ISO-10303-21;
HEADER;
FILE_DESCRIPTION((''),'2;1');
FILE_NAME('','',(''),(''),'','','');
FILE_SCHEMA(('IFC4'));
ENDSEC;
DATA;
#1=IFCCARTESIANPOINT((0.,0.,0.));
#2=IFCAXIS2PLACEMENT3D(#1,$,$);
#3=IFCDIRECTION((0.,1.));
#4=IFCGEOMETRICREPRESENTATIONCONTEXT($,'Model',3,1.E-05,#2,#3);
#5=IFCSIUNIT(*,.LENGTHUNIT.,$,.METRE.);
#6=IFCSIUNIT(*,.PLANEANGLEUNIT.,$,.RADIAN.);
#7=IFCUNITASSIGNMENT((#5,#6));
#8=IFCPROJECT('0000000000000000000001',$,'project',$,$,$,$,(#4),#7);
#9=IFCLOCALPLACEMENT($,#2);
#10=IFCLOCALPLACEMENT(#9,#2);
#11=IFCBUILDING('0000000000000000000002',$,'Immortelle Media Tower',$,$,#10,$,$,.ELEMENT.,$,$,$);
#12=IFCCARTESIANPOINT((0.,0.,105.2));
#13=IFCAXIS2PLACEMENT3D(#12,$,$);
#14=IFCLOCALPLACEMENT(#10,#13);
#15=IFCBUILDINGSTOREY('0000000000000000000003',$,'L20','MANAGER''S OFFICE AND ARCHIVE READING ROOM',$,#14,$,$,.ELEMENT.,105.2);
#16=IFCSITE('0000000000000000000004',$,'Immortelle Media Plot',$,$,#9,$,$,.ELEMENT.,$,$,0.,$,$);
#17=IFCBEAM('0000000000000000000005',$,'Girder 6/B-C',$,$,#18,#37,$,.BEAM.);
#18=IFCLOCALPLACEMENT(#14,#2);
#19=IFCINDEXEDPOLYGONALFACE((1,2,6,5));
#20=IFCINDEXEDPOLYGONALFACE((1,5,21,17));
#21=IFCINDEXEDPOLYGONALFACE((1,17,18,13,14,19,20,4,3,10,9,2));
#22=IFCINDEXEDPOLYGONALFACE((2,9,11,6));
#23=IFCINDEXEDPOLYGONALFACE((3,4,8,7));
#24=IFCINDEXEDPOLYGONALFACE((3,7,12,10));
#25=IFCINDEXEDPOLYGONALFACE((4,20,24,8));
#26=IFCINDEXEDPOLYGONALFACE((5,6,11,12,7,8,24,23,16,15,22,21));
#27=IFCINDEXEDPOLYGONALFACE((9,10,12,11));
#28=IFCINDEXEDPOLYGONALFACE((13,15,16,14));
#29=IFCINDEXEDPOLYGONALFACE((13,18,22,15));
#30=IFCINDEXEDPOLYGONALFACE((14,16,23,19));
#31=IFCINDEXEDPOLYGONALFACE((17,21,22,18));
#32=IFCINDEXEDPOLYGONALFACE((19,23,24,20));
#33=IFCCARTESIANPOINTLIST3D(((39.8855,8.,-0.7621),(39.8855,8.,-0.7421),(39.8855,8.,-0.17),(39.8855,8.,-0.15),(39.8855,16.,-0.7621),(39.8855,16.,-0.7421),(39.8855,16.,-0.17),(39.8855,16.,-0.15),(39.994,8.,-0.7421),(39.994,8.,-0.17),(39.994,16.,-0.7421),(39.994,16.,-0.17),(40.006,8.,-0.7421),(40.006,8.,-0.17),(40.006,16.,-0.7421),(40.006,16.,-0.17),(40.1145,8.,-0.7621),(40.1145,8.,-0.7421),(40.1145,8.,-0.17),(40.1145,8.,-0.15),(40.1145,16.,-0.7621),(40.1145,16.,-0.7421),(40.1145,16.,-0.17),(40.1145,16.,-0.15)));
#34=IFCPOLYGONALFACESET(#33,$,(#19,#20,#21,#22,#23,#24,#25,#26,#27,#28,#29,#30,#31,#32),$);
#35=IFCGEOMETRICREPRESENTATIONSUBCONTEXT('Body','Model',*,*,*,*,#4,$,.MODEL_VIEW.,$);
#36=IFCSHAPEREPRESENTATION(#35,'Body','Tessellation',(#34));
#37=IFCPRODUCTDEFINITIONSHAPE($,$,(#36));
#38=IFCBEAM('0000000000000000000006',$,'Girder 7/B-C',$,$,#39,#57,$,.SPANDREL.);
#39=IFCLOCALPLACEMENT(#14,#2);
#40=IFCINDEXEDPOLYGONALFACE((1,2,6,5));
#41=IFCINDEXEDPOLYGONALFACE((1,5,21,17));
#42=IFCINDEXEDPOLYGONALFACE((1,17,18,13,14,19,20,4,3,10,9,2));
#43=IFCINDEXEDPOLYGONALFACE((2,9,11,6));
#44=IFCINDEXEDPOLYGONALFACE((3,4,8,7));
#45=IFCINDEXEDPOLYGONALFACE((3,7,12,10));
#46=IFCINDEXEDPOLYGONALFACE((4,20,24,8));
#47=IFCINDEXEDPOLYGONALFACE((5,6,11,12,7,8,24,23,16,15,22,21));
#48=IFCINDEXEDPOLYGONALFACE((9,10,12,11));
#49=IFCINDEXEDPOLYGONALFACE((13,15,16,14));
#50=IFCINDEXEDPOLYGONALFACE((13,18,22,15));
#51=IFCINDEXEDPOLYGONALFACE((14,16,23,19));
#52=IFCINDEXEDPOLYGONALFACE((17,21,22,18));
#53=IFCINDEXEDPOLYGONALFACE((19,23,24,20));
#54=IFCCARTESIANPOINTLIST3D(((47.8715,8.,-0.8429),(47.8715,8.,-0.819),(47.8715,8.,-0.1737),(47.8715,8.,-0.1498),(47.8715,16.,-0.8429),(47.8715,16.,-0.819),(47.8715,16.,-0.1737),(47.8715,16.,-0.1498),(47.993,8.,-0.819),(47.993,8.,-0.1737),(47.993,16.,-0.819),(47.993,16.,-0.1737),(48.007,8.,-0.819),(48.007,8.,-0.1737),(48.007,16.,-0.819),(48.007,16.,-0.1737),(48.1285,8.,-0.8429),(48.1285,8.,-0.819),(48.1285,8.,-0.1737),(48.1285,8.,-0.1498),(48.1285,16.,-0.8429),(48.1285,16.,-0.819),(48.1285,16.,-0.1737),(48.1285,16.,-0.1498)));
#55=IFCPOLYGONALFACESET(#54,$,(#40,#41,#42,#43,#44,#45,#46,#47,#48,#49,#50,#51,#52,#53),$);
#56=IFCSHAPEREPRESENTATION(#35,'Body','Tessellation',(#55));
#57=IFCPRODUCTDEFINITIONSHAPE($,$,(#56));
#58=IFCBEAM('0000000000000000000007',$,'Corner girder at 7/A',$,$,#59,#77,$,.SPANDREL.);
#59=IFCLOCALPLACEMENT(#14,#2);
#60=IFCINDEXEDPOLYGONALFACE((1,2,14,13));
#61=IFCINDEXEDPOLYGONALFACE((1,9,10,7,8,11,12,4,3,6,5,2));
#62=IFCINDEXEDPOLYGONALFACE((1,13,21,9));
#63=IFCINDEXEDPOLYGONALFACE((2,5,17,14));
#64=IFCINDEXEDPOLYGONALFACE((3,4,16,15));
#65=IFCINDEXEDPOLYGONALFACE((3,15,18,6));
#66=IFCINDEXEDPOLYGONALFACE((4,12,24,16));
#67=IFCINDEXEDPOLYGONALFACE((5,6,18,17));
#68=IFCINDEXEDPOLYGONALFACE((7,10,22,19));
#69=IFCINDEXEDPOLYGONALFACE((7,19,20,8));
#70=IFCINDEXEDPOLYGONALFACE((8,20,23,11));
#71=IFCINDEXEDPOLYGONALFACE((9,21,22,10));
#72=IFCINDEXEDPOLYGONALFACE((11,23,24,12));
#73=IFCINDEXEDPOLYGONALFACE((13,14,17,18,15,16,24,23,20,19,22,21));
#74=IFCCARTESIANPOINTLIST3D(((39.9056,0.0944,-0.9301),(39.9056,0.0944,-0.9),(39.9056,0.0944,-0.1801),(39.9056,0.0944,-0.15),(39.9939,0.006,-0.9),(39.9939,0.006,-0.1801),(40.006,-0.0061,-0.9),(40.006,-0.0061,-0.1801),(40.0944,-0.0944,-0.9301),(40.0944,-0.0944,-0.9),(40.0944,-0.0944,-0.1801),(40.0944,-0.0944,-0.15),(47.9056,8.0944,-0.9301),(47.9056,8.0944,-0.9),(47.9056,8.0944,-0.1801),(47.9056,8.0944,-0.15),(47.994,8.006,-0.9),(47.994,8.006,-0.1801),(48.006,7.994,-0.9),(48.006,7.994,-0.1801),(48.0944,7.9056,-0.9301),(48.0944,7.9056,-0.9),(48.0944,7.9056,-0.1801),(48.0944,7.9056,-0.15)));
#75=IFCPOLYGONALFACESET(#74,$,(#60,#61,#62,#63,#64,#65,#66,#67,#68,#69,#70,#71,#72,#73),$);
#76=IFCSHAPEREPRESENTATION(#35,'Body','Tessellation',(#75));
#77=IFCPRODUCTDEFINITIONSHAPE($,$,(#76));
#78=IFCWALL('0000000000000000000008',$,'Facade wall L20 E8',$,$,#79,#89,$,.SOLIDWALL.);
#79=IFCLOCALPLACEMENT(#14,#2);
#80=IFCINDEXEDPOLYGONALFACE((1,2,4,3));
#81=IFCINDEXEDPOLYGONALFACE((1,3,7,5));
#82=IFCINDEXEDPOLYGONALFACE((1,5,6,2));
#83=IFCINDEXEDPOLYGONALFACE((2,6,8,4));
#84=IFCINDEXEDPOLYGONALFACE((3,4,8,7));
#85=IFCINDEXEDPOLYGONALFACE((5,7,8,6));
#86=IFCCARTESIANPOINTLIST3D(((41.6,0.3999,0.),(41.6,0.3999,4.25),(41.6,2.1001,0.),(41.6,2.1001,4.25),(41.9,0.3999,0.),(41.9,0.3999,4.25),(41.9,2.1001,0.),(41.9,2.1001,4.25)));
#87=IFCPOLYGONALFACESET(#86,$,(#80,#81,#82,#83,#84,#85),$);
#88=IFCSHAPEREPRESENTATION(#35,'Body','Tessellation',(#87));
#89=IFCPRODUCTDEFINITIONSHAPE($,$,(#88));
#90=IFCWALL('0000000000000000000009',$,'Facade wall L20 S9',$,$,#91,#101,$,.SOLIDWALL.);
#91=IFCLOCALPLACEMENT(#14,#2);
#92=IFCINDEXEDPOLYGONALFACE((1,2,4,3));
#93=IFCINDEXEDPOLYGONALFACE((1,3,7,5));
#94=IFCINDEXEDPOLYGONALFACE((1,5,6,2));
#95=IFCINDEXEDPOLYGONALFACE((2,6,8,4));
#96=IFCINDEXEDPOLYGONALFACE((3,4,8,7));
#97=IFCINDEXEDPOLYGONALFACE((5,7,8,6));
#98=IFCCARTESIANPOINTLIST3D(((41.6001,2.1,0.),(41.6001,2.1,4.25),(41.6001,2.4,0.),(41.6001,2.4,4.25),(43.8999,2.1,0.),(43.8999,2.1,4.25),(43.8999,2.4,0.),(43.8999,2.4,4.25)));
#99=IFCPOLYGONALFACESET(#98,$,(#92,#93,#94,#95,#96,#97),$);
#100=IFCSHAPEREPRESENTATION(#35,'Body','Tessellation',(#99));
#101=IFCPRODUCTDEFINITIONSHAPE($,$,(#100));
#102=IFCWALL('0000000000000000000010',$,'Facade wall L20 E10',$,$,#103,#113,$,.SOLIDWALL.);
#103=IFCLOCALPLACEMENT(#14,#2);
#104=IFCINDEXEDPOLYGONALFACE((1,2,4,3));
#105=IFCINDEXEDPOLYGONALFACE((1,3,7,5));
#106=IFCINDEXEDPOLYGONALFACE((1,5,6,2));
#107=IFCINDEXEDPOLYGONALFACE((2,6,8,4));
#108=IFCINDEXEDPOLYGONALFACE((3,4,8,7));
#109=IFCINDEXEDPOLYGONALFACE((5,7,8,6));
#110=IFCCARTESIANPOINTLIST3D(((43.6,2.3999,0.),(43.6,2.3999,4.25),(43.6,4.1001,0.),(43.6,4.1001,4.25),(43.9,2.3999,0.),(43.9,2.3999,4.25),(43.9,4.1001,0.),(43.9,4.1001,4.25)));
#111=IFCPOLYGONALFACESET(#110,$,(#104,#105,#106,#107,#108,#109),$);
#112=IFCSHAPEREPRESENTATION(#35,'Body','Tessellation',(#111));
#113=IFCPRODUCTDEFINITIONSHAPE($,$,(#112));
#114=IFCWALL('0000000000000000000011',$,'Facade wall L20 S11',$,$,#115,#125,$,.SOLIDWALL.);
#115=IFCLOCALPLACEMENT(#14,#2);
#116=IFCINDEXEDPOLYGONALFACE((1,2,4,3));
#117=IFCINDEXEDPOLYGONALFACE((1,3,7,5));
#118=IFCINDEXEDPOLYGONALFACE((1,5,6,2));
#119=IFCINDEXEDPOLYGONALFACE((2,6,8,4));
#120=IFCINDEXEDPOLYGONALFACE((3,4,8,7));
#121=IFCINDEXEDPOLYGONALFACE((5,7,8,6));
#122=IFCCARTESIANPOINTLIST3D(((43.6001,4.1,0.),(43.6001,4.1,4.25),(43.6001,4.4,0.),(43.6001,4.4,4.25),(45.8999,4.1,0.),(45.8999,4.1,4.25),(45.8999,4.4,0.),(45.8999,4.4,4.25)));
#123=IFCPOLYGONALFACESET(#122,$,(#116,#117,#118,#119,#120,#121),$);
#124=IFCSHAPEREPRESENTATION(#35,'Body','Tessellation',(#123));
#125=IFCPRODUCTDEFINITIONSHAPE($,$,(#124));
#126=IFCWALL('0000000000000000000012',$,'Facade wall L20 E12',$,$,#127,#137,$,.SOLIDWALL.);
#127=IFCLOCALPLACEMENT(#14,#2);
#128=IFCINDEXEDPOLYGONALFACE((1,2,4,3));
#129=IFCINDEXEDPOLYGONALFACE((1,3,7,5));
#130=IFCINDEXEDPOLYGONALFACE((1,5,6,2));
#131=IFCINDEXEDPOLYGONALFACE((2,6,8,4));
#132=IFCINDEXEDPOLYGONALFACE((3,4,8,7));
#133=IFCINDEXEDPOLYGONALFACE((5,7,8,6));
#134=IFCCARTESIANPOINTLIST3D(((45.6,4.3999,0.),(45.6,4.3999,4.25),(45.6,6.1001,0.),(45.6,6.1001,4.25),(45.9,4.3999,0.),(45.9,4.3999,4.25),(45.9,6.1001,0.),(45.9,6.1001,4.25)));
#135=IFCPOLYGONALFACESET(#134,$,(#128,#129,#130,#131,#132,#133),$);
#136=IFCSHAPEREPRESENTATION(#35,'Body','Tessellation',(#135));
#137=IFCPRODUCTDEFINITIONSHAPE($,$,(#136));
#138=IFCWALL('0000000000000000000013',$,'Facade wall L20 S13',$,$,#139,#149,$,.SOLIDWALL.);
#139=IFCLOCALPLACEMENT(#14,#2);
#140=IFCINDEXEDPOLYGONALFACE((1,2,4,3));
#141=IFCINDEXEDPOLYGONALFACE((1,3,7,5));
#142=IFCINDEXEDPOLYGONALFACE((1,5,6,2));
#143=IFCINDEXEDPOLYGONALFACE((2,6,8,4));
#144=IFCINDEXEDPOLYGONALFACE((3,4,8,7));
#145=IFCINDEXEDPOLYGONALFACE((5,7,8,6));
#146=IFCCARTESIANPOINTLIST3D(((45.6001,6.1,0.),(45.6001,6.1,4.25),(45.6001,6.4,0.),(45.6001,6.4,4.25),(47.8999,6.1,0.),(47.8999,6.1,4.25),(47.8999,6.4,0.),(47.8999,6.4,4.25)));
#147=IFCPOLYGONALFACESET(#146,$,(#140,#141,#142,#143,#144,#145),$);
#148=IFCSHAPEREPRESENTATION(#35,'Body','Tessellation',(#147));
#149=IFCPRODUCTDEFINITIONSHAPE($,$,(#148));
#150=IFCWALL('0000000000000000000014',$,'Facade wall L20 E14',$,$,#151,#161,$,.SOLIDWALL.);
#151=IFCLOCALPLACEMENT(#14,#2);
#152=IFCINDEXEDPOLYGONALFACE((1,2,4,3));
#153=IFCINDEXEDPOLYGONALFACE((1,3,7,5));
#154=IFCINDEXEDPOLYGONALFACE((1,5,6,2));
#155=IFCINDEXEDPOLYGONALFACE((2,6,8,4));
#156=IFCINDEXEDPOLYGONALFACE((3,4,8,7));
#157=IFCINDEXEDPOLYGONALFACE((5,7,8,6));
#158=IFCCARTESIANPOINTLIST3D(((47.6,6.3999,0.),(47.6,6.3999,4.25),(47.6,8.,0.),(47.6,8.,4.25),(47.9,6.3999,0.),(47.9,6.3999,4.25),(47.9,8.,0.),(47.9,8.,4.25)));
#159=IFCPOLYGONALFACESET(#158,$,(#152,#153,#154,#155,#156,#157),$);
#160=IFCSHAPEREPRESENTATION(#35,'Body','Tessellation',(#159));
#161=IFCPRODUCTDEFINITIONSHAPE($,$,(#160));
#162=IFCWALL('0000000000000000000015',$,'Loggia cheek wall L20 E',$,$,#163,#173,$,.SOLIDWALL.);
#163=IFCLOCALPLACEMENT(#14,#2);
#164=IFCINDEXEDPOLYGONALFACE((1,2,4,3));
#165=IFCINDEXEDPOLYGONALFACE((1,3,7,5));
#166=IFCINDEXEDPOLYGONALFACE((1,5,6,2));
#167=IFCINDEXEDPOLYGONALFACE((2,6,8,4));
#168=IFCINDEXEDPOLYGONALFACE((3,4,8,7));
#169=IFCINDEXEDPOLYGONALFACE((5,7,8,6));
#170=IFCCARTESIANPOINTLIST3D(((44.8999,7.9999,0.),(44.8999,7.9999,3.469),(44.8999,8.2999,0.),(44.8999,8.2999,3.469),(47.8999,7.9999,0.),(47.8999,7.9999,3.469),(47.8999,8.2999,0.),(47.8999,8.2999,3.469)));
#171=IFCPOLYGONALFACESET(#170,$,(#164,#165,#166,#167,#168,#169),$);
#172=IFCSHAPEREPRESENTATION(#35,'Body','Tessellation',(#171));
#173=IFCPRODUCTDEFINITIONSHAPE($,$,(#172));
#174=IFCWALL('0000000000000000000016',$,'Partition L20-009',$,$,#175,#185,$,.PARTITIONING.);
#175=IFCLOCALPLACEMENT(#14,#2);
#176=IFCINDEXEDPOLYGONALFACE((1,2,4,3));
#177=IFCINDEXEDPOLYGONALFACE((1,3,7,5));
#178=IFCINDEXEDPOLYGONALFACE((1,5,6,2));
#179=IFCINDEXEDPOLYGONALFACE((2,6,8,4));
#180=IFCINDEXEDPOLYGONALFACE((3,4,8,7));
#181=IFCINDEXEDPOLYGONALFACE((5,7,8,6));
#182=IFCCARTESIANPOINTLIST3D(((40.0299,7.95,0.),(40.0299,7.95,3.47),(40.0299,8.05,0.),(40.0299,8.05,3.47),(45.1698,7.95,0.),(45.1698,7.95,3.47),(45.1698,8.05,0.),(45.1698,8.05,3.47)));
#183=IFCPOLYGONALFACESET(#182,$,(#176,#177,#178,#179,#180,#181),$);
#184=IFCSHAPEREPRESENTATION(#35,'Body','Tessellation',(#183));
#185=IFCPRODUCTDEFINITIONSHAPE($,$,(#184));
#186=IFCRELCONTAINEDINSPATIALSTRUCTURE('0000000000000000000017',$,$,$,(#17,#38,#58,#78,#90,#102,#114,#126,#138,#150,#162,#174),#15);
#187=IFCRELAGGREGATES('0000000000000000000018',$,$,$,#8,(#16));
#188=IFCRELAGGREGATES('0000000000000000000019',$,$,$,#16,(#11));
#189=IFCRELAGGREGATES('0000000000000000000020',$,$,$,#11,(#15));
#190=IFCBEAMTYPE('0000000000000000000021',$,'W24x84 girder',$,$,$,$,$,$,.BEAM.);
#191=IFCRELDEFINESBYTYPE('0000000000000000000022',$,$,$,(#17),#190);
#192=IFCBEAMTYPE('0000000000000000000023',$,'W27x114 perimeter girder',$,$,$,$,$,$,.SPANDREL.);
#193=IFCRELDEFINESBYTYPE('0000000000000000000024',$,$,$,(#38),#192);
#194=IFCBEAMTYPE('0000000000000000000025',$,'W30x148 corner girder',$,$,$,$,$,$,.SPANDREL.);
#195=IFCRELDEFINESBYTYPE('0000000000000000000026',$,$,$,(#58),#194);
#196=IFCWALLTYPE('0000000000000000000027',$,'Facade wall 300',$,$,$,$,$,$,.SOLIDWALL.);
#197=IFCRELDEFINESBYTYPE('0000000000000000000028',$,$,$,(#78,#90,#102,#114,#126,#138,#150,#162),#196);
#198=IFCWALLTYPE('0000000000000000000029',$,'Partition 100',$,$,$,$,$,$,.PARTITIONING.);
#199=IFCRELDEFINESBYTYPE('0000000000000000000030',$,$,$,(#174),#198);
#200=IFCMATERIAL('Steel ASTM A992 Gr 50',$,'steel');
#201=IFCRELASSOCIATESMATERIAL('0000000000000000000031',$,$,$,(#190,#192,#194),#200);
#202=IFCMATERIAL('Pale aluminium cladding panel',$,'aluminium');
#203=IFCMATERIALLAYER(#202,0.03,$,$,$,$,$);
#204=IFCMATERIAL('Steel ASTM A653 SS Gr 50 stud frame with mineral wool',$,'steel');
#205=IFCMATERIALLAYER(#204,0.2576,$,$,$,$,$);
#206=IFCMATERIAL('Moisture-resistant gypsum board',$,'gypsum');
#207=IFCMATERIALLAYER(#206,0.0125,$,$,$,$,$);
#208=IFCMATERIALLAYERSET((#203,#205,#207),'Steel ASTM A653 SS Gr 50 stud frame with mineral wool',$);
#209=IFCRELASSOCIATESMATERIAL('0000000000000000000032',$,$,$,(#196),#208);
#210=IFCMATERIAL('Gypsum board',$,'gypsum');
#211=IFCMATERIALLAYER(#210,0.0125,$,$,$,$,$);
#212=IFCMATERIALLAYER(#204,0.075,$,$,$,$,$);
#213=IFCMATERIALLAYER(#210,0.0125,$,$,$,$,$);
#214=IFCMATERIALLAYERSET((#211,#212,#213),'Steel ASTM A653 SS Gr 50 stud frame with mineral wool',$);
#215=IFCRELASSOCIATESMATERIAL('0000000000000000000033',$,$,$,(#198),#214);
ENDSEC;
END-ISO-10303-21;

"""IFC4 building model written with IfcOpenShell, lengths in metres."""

from ifc_helpers import new_model, si_unit, direction, frame, frame_2d, origin, origin_2d, place, context, subcontext, project, spatial, rectangle, i_section, extrude, material, layer, layer_set, material_profile, profile_set, type_object, element, save


model = new_model("IFC4")

# Units and contexts
model_context = context("Model", 3, precision=1e-05, world=origin(), true_north=direction((0.0, 1.0)))
body_context = subcontext(model_context, "Body", "Model", "MODEL_VIEW")
ifc_project = project(units=[si_unit("LENGTHUNIT", "METRE"), si_unit("PLANEANGLEUNIT", "RADIAN")], contexts=[model_context])

# Site, building, storey
site_placement = place(None, origin())
site = spatial("IfcSite", under=ifc_project, at=site_placement, Name="Immortelle Media Plot", CompositionType="ELEMENT", RefElevation=0.0)
building_placement = place(site_placement, origin())
building = spatial("IfcBuilding", under=site, at=building_placement, Name="Immortelle Media Tower", CompositionType="ELEMENT")
storey_placement = place(building_placement, frame((0.0, 0.0, 105.2)))
storey = spatial("IfcBuildingStorey", under=building, at=storey_placement, Name="L20", Description="MANAGER'S OFFICE AND ARCHIVE READING ROOM", CompositionType="ELEMENT", Elevation=105.2)

# Shared definitions
ifc_material_1 = material(Name="Steel ASTM A992 Gr 50", Category="steel")

# Beams
ifc_material_profile_1 = material_profile(ifc_material_1, i_section(OverallWidth=0.229, OverallDepth=0.6121, WebThickness=0.012, FlangeThickness=0.02, at=origin_2d()), Name="W24x84")
ifc_profile_set_1 = profile_set([ifc_material_profile_1], Name="Steel ASTM A992 Gr 50")
beam_type_1 = type_object("IfcBeamType", Name="W24x84 girder", PredefinedType="BEAM", material=ifc_profile_set_1)
for number, where, z_axis, x_axis, name in (
    (1, (40.0, 8.0, -0.4561), (0.0, 1.0, 0.0), (-1.0, 0.0, 0.0), "Girder 6/B-C"),
):
    element("IfcBeam", number, at=place(storey_placement, frame(where, z_axis=z_axis, x_axis=x_axis)), inside=storey, type_object=beam_type_1, Name=name, PredefinedType="BEAM", context=body_context, shape_type="SweptSolid", body=[
        extrude(i_section(OverallWidth=0.229, OverallDepth=0.6121, WebThickness=0.012, FlangeThickness=0.02, at=origin_2d()), origin(), (0.0, 0.0, 1.0), 8.0),
    ])
ifc_material_profile_2 = material_profile(ifc_material_1, i_section(OverallWidth=0.2571, OverallDepth=0.6931, WebThickness=0.0139, FlangeThickness=0.0239, at=origin_2d()), Name="W27x114")
ifc_profile_set_2 = profile_set([ifc_material_profile_2], Name="Steel ASTM A992 Gr 50")
beam_type_2 = type_object("IfcBeamType", Name="W27x114 perimeter girder", PredefinedType="SPANDREL", material=ifc_profile_set_2)
beam_1_placement = place(storey_placement, frame((48.0, 8.0, -0.4963), z_axis=(0.0, 1.0, 0.0), x_axis=(-1.0, 0.0, 0.0)))
element("IfcBeam", 2, at=beam_1_placement, inside=storey, type_object=beam_type_2, Name="Girder 7/B-C", PredefinedType="SPANDREL", context=body_context, shape_type="SweptSolid", body=[
    extrude(i_section(OverallWidth=0.2571, OverallDepth=0.6931, WebThickness=0.0139, FlangeThickness=0.0239, at=origin_2d()), origin(), (0.0, 0.0, 1.0), 8.0),
])
ifc_material_profile_3 = material_profile(ifc_material_1, i_section(OverallWidth=0.2671, OverallDepth=0.78, WebThickness=0.0171, FlangeThickness=0.03, at=origin_2d()), Name="W30x148")
ifc_profile_set_3 = profile_set([ifc_material_profile_3], Name="Steel ASTM A992 Gr 50")
beam_type_3 = type_object("IfcBeamType", Name="W30x148 corner girder", PredefinedType="SPANDREL", material=ifc_profile_set_3)
beam_2_placement = place(storey_placement, frame((48.0, 8.0, -0.54), z_axis=(-0.707107, -0.707107, 0.0), x_axis=(0.707107, -0.707107, 0.0)))
element("IfcBeam", 3, at=beam_2_placement, inside=storey, type_object=beam_type_3, Name="Corner girder at 7/A", PredefinedType="SPANDREL", context=body_context, shape_type="SweptSolid", body=[
    extrude(i_section(OverallWidth=0.2671, OverallDepth=0.78, WebThickness=0.0171, FlangeThickness=0.03, at=origin_2d()), origin(), (0.0, 0.0, 1.0), 11.3137),
])

# Walls
ifc_material_2 = material(Name="Pale aluminium cladding panel", Category="aluminium")
ifc_layer_1 = layer(ifc_material_2, 0.03)
ifc_material_3 = material(Name="Steel ASTM A653 SS Gr 50 stud frame with mineral wool", Category="steel")
ifc_layer_2 = layer(ifc_material_3, 0.2576)
ifc_material_4 = material(Name="Moisture-resistant gypsum board", Category="gypsum")
ifc_layer_3 = layer(ifc_material_4, 0.0125)
ifc_layer_set_1 = layer_set([ifc_layer_1, ifc_layer_2, ifc_layer_3], Name="Steel ASTM A653 SS Gr 50 stud frame with mineral wool")
wall_type_1 = type_object("IfcWallType", Name="Facade wall 300", PredefinedType="SOLIDWALL", material=ifc_layer_set_1)
wall_1_placement = place(storey_placement, frame((41.75, 0.3999, 0.0), z_axis=(0.0, 0.0, 1.0), x_axis=(0.0, 1.0, 0.0)))
element("IfcWall", 4, at=wall_1_placement, inside=storey, type_object=wall_type_1, Name="Facade wall L20 E8", PredefinedType="SOLIDWALL", context=body_context, shape_type="SweptSolid", body=[
    extrude(rectangle(XDim=1.7002, YDim=0.3, at=frame_2d((0.8501, 0.0))), origin(), (0.0, 0.0, 1.0), 4.25),
])
wall_2_placement = place(storey_placement, frame((41.6001, 2.25, 0.0), z_axis=(0.0, 0.0, 1.0), x_axis=(1.0, 0.0, 0.0)))
element("IfcWall", 5, at=wall_2_placement, inside=storey, type_object=wall_type_1, Name="Facade wall L20 S9", PredefinedType="SOLIDWALL", context=body_context, shape_type="SweptSolid", body=[
    extrude(rectangle(XDim=2.2998, YDim=0.3, at=frame_2d((1.1499, 0.0))), origin(), (0.0, 0.0, 1.0), 4.25),
])
wall_3_placement = place(storey_placement, frame((43.75, 2.3999, 0.0), z_axis=(0.0, 0.0, 1.0), x_axis=(0.0, 1.0, 0.0)))
element("IfcWall", 6, at=wall_3_placement, inside=storey, type_object=wall_type_1, Name="Facade wall L20 E10", PredefinedType="SOLIDWALL", context=body_context, shape_type="SweptSolid", body=[
    extrude(rectangle(XDim=1.7002, YDim=0.3, at=frame_2d((0.8501, 0.0))), origin(), (0.0, 0.0, 1.0), 4.25),
])
wall_4_placement = place(storey_placement, frame((43.6001, 4.25, 0.0), z_axis=(0.0, 0.0, 1.0), x_axis=(1.0, 0.0, 0.0)))
element("IfcWall", 7, at=wall_4_placement, inside=storey, type_object=wall_type_1, Name="Facade wall L20 S11", PredefinedType="SOLIDWALL", context=body_context, shape_type="SweptSolid", body=[
    extrude(rectangle(XDim=2.2998, YDim=0.3, at=frame_2d((1.1499, 0.0))), origin(), (0.0, 0.0, 1.0), 4.25),
])
wall_5_placement = place(storey_placement, frame((45.75, 4.3999, 0.0), z_axis=(0.0, 0.0, 1.0), x_axis=(0.0, 1.0, 0.0)))
element("IfcWall", 8, at=wall_5_placement, inside=storey, type_object=wall_type_1, Name="Facade wall L20 E12", PredefinedType="SOLIDWALL", context=body_context, shape_type="SweptSolid", body=[
    extrude(rectangle(XDim=1.7002, YDim=0.3, at=frame_2d((0.8501, 0.0))), origin(), (0.0, 0.0, 1.0), 4.25),
])
wall_6_placement = place(storey_placement, frame((45.6001, 6.25, 0.0), z_axis=(0.0, 0.0, 1.0), x_axis=(1.0, 0.0, 0.0)))
element("IfcWall", 9, at=wall_6_placement, inside=storey, type_object=wall_type_1, Name="Facade wall L20 S13", PredefinedType="SOLIDWALL", context=body_context, shape_type="SweptSolid", body=[
    extrude(rectangle(XDim=2.2998, YDim=0.3, at=frame_2d((1.1499, 0.0))), origin(), (0.0, 0.0, 1.0), 4.25),
])
wall_7_placement = place(storey_placement, frame((47.75, 6.3999, 0.0), z_axis=(0.0, 0.0, 1.0), x_axis=(0.0, 1.0, 0.0)))
element("IfcWall", 10, at=wall_7_placement, inside=storey, type_object=wall_type_1, Name="Facade wall L20 E14", PredefinedType="SOLIDWALL", context=body_context, shape_type="SweptSolid", body=[
    extrude(rectangle(XDim=1.6001, YDim=0.3, at=frame_2d((0.8, 0.0))), origin(), (0.0, 0.0, 1.0), 4.25),
])

# Walls
wall_8_placement = place(storey_placement, frame((47.8999, 8.1499, 0.0), z_axis=(0.0, 0.0, 1.0), x_axis=(-1.0, 0.0, 0.0)))
element("IfcWall", 11, at=wall_8_placement, inside=storey, type_object=wall_type_1, Name="Loggia cheek wall L20 E", PredefinedType="SOLIDWALL", context=body_context, shape_type="SweptSolid", body=[
    extrude(rectangle(XDim=3.0, YDim=0.3, at=frame_2d((1.5, 0.0))), origin(), (0.0, 0.0, 1.0), 3.469),
])
ifc_material_5 = material(Name="Gypsum board", Category="gypsum")
ifc_layer_4 = layer(ifc_material_5, 0.0125)
ifc_layer_5 = layer(ifc_material_3, 0.075)
ifc_layer_6 = layer(ifc_material_5, 0.0125)
ifc_layer_set_2 = layer_set([ifc_layer_4, ifc_layer_5, ifc_layer_6], Name="Steel ASTM A653 SS Gr 50 stud frame with mineral wool")
wall_type_2 = type_object("IfcWallType", Name="Partition 100", PredefinedType="PARTITIONING", material=ifc_layer_set_2)
wall_9_placement = place(storey_placement, frame((40.03, 8.0, 0.0), z_axis=(0.0, 0.0, 1.0), x_axis=(1.0, 0.0, 0.0)))
element("IfcWall", 12, at=wall_9_placement, inside=storey, type_object=wall_type_2, Name="Partition L20-009", PredefinedType="PARTITIONING", context=body_context, shape_type="SweptSolid", body=[
    extrude(rectangle(XDim=5.1399, YDim=0.1001, at=frame_2d((2.5698, 0.0))), origin(), (0.0, 0.0, 1.0), 3.47),
])

save(model, "model.ifc")
